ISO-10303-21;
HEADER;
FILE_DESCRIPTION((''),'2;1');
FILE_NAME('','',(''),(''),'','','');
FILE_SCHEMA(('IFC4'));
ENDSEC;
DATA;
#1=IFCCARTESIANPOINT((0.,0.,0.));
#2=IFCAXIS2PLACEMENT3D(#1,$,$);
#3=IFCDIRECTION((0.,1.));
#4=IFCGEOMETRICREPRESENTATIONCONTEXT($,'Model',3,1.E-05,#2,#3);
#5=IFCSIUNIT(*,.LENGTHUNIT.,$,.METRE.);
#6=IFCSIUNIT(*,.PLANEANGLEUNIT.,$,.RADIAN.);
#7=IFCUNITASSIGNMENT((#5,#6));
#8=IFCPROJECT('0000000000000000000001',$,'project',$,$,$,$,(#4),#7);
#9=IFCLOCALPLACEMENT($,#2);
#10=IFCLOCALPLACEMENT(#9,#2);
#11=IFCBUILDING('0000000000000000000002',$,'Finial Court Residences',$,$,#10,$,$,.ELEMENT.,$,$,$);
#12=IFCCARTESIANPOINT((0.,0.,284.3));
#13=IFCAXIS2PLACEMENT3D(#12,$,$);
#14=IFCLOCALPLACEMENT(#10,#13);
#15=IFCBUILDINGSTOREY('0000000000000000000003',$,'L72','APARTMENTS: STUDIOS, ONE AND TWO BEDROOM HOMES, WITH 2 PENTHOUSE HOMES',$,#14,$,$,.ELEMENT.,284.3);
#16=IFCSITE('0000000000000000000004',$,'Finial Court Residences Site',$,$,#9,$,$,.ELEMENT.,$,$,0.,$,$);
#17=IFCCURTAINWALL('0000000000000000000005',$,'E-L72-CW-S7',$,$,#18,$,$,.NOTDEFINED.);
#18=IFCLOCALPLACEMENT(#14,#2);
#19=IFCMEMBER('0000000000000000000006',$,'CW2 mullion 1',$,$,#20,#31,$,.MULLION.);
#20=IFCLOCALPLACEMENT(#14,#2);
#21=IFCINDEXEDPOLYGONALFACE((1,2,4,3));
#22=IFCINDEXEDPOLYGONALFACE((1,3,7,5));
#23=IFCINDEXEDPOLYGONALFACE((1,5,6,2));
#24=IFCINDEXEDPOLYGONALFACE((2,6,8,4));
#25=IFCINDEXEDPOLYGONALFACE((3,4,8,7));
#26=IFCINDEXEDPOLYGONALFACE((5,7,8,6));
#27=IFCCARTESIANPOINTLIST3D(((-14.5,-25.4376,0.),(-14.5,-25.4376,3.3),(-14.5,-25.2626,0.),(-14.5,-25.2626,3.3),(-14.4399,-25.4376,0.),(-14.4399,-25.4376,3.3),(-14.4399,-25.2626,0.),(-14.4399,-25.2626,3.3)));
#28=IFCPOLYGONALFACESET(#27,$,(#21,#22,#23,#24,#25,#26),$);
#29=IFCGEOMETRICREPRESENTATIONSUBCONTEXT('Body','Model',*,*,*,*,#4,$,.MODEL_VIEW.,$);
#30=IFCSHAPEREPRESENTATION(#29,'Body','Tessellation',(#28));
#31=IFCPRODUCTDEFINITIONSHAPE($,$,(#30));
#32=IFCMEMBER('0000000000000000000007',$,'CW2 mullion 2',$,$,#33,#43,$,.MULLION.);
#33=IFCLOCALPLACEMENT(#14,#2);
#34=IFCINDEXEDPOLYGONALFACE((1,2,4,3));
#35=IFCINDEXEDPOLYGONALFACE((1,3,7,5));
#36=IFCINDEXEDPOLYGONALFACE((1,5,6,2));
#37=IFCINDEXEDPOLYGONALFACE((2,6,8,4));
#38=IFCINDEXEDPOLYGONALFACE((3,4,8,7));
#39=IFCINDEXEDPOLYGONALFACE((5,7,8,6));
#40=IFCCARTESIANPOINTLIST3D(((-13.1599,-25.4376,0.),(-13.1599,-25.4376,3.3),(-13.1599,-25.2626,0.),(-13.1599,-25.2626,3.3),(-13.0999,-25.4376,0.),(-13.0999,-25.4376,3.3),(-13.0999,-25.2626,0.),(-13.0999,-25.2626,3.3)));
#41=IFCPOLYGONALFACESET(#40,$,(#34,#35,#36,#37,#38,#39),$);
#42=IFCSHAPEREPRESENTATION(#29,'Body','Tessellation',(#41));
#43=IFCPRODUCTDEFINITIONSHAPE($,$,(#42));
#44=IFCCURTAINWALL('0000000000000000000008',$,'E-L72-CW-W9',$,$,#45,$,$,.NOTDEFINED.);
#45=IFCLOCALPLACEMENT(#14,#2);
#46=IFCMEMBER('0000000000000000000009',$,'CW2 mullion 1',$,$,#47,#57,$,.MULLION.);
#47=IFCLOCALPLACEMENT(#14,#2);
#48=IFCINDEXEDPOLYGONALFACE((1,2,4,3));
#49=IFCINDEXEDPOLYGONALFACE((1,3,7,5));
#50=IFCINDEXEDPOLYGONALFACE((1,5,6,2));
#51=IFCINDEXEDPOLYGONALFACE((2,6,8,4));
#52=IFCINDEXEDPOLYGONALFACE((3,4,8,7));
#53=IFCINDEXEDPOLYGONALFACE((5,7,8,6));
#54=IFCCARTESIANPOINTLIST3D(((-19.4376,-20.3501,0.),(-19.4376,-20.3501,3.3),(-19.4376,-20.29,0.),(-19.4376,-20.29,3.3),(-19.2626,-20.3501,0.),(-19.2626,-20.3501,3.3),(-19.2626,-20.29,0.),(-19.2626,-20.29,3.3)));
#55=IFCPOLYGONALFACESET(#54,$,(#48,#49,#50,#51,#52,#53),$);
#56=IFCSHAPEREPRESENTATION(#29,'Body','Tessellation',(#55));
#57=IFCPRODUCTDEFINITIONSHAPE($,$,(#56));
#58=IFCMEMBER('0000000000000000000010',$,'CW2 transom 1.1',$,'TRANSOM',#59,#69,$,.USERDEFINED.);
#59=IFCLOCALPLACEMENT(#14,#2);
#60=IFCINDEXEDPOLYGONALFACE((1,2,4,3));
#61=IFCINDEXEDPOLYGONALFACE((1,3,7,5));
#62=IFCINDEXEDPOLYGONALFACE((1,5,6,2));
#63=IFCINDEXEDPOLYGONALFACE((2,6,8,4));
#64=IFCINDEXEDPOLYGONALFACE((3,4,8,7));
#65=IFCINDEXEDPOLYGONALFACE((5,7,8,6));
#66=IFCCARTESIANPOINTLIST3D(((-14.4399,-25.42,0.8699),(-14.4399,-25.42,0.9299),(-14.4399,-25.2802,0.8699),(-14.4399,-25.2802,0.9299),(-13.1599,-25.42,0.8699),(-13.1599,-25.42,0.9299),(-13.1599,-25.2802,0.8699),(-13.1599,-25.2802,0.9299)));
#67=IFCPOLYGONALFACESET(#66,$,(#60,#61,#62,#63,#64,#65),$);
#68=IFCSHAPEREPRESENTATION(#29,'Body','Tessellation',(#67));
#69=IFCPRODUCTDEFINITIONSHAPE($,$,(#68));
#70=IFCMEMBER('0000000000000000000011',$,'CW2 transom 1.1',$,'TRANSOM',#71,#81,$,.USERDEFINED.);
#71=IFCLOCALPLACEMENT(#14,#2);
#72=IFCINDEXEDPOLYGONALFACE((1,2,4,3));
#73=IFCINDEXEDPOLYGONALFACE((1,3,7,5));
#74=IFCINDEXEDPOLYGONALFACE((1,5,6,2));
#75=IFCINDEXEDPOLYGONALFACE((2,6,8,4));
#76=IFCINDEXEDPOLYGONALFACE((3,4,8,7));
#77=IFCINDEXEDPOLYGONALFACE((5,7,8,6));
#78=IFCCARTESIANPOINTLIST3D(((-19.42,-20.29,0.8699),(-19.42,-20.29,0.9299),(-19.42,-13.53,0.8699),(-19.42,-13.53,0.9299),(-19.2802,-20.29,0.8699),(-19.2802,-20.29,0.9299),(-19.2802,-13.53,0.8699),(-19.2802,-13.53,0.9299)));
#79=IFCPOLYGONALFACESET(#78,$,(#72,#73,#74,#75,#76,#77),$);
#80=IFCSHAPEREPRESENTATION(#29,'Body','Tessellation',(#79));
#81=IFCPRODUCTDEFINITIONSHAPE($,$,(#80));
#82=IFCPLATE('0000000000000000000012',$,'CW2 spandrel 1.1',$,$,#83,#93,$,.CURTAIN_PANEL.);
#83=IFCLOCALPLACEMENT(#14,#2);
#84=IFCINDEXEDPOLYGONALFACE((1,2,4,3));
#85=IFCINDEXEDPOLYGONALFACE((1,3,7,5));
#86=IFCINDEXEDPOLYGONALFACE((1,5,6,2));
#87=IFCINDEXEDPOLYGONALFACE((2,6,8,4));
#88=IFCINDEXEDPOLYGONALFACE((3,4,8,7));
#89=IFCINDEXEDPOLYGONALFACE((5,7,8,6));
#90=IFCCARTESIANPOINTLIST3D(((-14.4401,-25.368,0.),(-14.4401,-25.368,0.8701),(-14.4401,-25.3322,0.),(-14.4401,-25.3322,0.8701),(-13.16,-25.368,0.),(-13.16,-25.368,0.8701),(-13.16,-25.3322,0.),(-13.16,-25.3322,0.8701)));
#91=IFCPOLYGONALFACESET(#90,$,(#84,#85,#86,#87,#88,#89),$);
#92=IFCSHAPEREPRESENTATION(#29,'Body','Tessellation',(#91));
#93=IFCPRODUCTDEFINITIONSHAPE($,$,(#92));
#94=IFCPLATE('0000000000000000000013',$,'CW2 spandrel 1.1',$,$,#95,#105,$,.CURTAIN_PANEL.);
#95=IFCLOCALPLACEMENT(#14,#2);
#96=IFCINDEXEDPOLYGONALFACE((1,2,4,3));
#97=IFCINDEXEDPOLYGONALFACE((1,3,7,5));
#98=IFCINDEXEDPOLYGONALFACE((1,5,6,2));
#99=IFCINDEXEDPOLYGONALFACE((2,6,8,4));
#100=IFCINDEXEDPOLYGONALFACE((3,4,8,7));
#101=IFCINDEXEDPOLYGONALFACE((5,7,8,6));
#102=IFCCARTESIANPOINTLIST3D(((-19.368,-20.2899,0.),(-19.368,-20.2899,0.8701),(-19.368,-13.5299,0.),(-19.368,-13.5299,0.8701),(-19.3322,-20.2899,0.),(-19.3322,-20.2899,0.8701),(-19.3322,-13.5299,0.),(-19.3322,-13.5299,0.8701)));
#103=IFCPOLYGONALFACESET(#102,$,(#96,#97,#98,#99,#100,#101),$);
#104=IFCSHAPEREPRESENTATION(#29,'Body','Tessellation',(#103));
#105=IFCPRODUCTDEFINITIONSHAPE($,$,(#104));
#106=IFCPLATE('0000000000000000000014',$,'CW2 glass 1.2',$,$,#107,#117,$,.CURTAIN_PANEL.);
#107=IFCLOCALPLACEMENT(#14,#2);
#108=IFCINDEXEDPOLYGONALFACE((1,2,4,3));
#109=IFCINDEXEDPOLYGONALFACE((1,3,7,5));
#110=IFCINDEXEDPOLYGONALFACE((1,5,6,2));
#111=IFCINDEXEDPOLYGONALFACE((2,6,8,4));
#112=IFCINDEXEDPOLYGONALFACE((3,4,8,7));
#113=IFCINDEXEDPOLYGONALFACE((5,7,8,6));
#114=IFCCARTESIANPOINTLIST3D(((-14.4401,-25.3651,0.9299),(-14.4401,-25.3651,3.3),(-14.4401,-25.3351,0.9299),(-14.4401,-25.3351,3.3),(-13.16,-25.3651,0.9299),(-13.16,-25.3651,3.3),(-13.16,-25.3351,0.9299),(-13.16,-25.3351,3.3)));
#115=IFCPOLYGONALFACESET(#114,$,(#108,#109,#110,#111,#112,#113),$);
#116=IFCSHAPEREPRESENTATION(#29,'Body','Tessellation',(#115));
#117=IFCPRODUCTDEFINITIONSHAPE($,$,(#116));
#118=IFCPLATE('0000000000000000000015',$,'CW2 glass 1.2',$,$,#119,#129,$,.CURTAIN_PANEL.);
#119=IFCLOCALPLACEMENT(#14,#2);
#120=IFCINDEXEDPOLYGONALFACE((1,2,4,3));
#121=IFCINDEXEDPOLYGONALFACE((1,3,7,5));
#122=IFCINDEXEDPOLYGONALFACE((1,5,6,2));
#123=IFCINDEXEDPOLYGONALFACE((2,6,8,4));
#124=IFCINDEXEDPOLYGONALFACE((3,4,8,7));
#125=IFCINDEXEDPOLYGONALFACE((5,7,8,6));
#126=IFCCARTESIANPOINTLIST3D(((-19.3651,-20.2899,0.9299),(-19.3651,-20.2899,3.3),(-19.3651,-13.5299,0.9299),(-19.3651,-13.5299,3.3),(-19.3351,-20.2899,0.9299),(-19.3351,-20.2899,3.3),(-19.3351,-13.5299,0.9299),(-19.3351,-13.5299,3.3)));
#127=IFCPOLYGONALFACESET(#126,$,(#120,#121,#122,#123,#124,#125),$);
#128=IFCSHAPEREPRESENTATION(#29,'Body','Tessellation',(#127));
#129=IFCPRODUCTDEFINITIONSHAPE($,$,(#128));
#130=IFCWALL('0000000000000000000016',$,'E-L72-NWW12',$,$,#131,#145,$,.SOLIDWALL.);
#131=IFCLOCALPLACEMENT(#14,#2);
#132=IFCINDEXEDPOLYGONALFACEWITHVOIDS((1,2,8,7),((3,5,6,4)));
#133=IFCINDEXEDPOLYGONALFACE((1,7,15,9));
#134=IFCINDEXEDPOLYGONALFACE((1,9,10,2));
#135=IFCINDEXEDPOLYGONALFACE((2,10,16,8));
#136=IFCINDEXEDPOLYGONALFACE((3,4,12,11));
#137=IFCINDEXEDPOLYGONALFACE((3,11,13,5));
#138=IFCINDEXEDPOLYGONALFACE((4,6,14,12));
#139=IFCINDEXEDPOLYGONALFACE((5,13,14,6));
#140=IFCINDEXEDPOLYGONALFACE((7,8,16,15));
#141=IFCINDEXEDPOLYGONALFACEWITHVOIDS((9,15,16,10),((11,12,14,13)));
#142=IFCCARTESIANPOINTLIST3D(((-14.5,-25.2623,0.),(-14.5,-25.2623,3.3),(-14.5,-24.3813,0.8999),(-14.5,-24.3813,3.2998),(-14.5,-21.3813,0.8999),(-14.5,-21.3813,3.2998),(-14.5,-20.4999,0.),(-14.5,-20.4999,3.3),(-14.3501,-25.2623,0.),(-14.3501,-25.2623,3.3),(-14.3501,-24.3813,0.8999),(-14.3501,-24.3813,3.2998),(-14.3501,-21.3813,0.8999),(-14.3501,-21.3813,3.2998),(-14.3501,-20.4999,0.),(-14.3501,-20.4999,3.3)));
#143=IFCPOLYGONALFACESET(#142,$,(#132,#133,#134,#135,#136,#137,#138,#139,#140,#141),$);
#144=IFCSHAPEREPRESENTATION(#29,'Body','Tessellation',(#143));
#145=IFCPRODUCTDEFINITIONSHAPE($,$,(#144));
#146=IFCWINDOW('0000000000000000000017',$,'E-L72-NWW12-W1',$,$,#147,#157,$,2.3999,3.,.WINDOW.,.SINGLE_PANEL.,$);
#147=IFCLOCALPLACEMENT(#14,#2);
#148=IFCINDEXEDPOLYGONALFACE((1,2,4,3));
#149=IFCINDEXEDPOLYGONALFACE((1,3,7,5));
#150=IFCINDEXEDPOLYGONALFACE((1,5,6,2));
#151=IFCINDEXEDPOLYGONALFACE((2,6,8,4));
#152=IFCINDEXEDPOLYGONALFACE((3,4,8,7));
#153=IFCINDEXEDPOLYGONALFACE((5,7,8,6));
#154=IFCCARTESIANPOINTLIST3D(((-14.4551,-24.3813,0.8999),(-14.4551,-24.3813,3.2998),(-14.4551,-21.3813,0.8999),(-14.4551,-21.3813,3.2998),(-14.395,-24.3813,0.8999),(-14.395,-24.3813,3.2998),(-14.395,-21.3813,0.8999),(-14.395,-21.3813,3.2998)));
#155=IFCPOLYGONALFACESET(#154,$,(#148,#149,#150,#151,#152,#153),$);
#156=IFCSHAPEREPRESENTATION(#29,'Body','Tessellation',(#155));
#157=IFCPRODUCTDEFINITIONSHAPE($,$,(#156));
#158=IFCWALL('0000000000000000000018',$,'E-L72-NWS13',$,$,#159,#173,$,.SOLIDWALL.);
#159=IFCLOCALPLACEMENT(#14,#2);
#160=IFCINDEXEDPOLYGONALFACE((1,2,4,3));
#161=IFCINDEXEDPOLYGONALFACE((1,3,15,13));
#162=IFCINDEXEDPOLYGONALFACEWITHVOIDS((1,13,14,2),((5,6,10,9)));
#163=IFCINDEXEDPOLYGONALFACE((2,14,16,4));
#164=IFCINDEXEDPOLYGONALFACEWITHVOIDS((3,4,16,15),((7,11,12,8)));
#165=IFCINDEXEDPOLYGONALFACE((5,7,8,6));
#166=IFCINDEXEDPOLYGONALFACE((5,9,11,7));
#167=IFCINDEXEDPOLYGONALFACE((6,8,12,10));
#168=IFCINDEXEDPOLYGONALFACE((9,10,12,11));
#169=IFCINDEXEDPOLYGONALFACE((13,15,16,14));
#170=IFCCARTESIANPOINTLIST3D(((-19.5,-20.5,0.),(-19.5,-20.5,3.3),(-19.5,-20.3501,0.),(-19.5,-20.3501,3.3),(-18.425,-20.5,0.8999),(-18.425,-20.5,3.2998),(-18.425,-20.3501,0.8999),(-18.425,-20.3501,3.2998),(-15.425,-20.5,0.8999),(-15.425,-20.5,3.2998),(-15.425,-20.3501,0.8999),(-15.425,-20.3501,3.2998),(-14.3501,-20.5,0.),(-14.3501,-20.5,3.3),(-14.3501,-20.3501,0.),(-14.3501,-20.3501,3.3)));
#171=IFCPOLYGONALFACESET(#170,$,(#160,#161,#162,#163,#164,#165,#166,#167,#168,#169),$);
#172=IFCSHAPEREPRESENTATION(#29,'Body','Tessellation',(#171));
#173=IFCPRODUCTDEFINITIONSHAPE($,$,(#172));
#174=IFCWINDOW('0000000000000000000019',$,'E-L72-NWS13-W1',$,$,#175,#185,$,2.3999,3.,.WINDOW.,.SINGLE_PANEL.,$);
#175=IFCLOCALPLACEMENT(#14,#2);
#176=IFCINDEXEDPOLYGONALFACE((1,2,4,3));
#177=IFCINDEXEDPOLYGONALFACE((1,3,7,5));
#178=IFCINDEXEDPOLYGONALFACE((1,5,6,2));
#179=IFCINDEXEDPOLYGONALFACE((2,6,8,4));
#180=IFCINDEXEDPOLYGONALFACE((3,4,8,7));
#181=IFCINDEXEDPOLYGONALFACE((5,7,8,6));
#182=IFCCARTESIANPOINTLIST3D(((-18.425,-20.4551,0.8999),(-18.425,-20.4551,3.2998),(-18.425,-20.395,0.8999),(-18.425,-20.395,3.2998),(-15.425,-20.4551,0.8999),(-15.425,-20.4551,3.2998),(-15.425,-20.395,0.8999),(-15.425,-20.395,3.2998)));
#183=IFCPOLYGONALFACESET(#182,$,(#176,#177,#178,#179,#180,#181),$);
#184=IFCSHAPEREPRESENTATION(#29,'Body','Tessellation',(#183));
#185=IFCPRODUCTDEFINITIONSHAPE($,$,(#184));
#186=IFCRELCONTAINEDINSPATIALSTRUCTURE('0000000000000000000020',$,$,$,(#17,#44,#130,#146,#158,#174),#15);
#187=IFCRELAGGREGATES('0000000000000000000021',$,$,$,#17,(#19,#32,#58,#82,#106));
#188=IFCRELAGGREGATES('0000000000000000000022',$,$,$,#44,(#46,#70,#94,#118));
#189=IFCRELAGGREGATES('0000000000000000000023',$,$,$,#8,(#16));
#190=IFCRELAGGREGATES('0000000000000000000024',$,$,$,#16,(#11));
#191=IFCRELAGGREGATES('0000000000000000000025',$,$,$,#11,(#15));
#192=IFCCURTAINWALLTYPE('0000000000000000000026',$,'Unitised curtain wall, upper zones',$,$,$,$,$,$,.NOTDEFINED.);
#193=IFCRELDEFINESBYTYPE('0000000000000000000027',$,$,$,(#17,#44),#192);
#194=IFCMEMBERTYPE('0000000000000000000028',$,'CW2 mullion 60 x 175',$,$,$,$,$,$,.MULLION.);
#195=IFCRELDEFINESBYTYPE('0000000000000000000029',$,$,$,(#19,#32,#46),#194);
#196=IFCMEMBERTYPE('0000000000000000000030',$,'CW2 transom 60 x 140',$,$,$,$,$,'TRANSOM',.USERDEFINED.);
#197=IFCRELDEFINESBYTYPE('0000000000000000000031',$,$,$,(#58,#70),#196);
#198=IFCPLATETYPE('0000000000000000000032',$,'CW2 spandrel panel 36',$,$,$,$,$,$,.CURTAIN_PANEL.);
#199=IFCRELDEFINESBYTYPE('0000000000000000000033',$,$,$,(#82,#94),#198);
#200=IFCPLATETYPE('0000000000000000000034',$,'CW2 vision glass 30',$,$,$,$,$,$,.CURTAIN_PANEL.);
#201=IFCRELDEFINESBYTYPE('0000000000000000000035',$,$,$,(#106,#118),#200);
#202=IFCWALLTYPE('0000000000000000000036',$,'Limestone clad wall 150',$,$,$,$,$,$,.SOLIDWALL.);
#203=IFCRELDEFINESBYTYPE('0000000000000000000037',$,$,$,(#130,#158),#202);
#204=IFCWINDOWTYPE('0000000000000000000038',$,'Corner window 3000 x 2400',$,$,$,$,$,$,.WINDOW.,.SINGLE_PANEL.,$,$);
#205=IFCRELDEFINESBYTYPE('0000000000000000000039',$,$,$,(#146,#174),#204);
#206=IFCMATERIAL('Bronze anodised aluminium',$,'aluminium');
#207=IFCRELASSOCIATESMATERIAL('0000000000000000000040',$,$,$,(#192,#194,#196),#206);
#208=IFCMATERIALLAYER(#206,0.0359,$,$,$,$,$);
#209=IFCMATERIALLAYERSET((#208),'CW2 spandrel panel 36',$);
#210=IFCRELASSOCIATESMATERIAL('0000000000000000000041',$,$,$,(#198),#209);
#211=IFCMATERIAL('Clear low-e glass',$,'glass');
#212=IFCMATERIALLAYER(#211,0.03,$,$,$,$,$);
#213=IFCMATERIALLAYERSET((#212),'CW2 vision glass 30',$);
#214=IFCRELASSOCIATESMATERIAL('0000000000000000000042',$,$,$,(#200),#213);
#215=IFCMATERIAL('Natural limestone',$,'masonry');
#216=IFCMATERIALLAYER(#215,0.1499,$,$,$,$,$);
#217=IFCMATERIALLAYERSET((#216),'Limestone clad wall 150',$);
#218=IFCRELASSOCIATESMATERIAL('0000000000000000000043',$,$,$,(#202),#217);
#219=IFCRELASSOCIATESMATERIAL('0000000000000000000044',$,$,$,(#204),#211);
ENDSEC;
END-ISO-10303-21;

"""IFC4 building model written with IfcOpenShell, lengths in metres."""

from ifc_helpers import new_model, si_unit, direction, frame, frame_2d, origin, origin_2d, place, context, subcontext, project, spatial, rectangle, extrude, material, layer, layer_set, material_profile, profile_set, type_object, element, fill, aggregate, save


model = new_model("IFC4")

# Units and contexts
model_context = context("Model", 3, precision=1e-05, world=origin(), true_north=direction((0.0, 1.0)))
body_context = subcontext(model_context, "Body", "Model", "MODEL_VIEW")
ifc_project = project(units=[si_unit("LENGTHUNIT", "METRE"), si_unit("PLANEANGLEUNIT", "RADIAN")], contexts=[model_context])

# Site, building, storey
site_placement = place(None, origin())
site = spatial("IfcSite", under=ifc_project, at=site_placement, Name="Finial Court Residences Site", CompositionType="ELEMENT", RefElevation=0.0)
building_placement = place(site_placement, origin())
building = spatial("IfcBuilding", under=site, at=building_placement, Name="Finial Court Residences", CompositionType="ELEMENT")
storey_placement = place(building_placement, frame((0.0, 0.0, 284.3)))
storey = spatial("IfcBuildingStorey", under=building, at=storey_placement, Name="L72", Description="APARTMENTS: STUDIOS, ONE AND TWO BEDROOM HOMES, WITH 2 PENTHOUSE HOMES", CompositionType="ELEMENT", Elevation=284.3)

# Curtain wall, members
ifc_material_1 = material(Name="Bronze anodised aluminium", Category="aluminium")
curtain_wall_type = type_object("IfcCurtainWallType", Name="Unitised curtain wall, upper zones", PredefinedType="NOTDEFINED", material=ifc_material_1)
curtain_wall_1_placement = place(storey_placement, origin())
curtain_wall_1 = element("IfcCurtainWall", 1, at=curtain_wall_1_placement, inside=storey, type_object=curtain_wall_type, Name="E-L72-CW-S7", PredefinedType="NOTDEFINED")
ifc_material_profile_1 = material_profile(ifc_material_1, rectangle(XDim=0.175, YDim=0.0601, at=origin_2d()), Name="CW2 mullion 60 x 175")
ifc_profile_set_1 = profile_set([ifc_material_profile_1], Name="Bronze anodised aluminium")
member_type_1 = type_object("IfcMemberType", Name="CW2 mullion 60 x 175", PredefinedType="MULLION", material=ifc_profile_set_1)
member_1_placement = place(storey_placement, frame((-14.47, -25.3501, 0.0), z_axis=(0.0, 0.0, 1.0), x_axis=(0.0, 1.0, 0.0)))
member_1 = element("IfcMember", 2, at=member_1_placement, type_object=member_type_1, Name="CW2 mullion 1", PredefinedType="MULLION", context=body_context, shape_type="SweptSolid", body=[
    extrude(rectangle(XDim=0.175, YDim=0.0601, at=origin_2d()), origin(), (0.0, 0.0, 1.0), 3.3),
])
member_2_placement = place(storey_placement, frame((-13.1299, -25.3501, 0.0), z_axis=(0.0, 0.0, 1.0), x_axis=(0.0, 1.0, 0.0)))
member_2 = element("IfcMember", 3, at=member_2_placement, type_object=member_type_1, Name="CW2 mullion 2", PredefinedType="MULLION", context=body_context, shape_type="SweptSolid", body=[
    extrude(rectangle(XDim=0.175, YDim=0.0601, at=origin_2d()), origin(), (0.0, 0.0, 1.0), 3.3),
])

# Curtain wall, member
curtain_wall_2_placement = place(storey_placement, origin())
curtain_wall_2 = element("IfcCurtainWall", 4, at=curtain_wall_2_placement, inside=storey, type_object=curtain_wall_type, Name="E-L72-CW-W9", PredefinedType="NOTDEFINED")
member_3_placement = place(storey_placement, frame((-19.3501, -20.3201, 0.0), z_axis=(0.0, 0.0, 1.0), x_axis=(-1.0, 0.0, 0.0)))
member_3 = element("IfcMember", 5, at=member_3_placement, type_object=member_type_1, Name="CW2 mullion 1", PredefinedType="MULLION", context=body_context, shape_type="SweptSolid", body=[
    extrude(rectangle(XDim=0.175, YDim=0.0601, at=origin_2d()), origin(), (0.0, 0.0, 1.0), 3.3),
])

# Members
ifc_material_profile_2 = material_profile(ifc_material_1, rectangle(XDim=0.1399, YDim=0.0601, at=origin_2d()), Name="CW2 transom 60 x 140")
ifc_profile_set_2 = profile_set([ifc_material_profile_2], Name="Bronze anodised aluminium")
member_type_2 = type_object("IfcMemberType", Name="CW2 transom 60 x 140", ElementType="TRANSOM", PredefinedType="USERDEFINED", material=ifc_profile_set_2)
member_4_placement = place(storey_placement, frame((-14.4399, -25.3501, 0.8999), z_axis=(1.0, 0.0, 0.0), x_axis=(0.0, 1.0, 0.0)))
member_4 = element("IfcMember", 6, at=member_4_placement, type_object=member_type_2, Name="CW2 transom 1.1", ObjectType="TRANSOM", PredefinedType="USERDEFINED", context=body_context, shape_type="SweptSolid", body=[
    extrude(rectangle(XDim=0.1399, YDim=0.0601, at=origin_2d()), origin(), (0.0, 0.0, 1.0), 1.28),
])
member_5_placement = place(storey_placement, frame((-19.3501, -20.29, 0.8999), z_axis=(0.0, 1.0, 0.0), x_axis=(-1.0, 0.0, 0.0)))
member_5 = element("IfcMember", 7, at=member_5_placement, type_object=member_type_2, Name="CW2 transom 1.1", ObjectType="TRANSOM", PredefinedType="USERDEFINED", context=body_context, shape_type="SweptSolid", body=[
    extrude(rectangle(XDim=0.1399, YDim=0.0601, at=origin_2d()), origin(), (0.0, 0.0, 1.0), 6.76),
])

# Plates
ifc_layer_1 = layer(ifc_material_1, 0.0359)
ifc_layer_set_1 = layer_set([ifc_layer_1], Name="CW2 spandrel panel 36")
plate_type_1 = type_object("IfcPlateType", Name="CW2 spandrel panel 36", PredefinedType="CURTAIN_PANEL", material=ifc_layer_set_1)
plate_1_placement = place(storey_placement, frame((-13.8, -25.3501, 0.0), z_axis=(0.0, 0.0, 1.0), x_axis=(1.0, 0.0, 0.0)))
plate_1 = element("IfcPlate", 8, at=plate_1_placement, type_object=plate_type_1, Name="CW2 spandrel 1.1", PredefinedType="CURTAIN_PANEL", context=body_context, shape_type="SweptSolid", body=[
    extrude(rectangle(XDim=1.28, YDim=0.0359, at=origin_2d()), origin(), (0.0, 0.0, 1.0), 0.8701),
])
plate_2_placement = place(storey_placement, frame((-19.3501, -16.9099, 0.0), z_axis=(0.0, 0.0, 1.0), x_axis=(0.0, 1.0, 0.0)))
plate_2 = element("IfcPlate", 9, at=plate_2_placement, type_object=plate_type_1, Name="CW2 spandrel 1.1", PredefinedType="CURTAIN_PANEL", context=body_context, shape_type="SweptSolid", body=[
    extrude(rectangle(XDim=6.76, YDim=0.0359, at=origin_2d()), origin(), (0.0, 0.0, 1.0), 0.8701),
])
ifc_material_2 = material(Name="Clear low-e glass", Category="glass")
ifc_layer_2 = layer(ifc_material_2, 0.03)
ifc_layer_set_2 = layer_set([ifc_layer_2], Name="CW2 vision glass 30")
plate_type_2 = type_object("IfcPlateType", Name="CW2 vision glass 30", PredefinedType="CURTAIN_PANEL", material=ifc_layer_set_2)
plate_3_placement = place(storey_placement, frame((-13.8, -25.3501, 0.9299), z_axis=(0.0, 0.0, 1.0), x_axis=(1.0, 0.0, 0.0)))
plate_3 = element("IfcPlate", 10, at=plate_3_placement, type_object=plate_type_2, Name="CW2 glass 1.2", PredefinedType="CURTAIN_PANEL", context=body_context, shape_type="SweptSolid", body=[
    extrude(rectangle(XDim=1.28, YDim=0.03, at=origin_2d()), origin(), (0.0, 0.0, 1.0), 2.3701),
])
aggregate(curtain_wall_1, [member_1, member_2, member_4, plate_1, plate_3])
plate_4_placement = place(storey_placement, frame((-19.3501, -16.9099, 0.9299), z_axis=(0.0, 0.0, 1.0), x_axis=(0.0, 1.0, 0.0)))
plate_4 = element("IfcPlate", 11, at=plate_4_placement, type_object=plate_type_2, Name="CW2 glass 1.2", PredefinedType="CURTAIN_PANEL", context=body_context, shape_type="SweptSolid", body=[
    extrude(rectangle(XDim=6.76, YDim=0.03, at=origin_2d()), origin(), (0.0, 0.0, 1.0), 2.3701),
])
aggregate(curtain_wall_2, [member_3, member_5, plate_2, plate_4])

# Walls, openings, windows
ifc_material_3 = material(Name="Natural limestone", Category="masonry")
ifc_layer_3 = layer(ifc_material_3, 0.1499)
ifc_layer_set_3 = layer_set([ifc_layer_3], Name="Limestone clad wall 150")
wall_type = type_object("IfcWallType", Name="Limestone clad wall 150", PredefinedType="SOLIDWALL", material=ifc_layer_set_3)
wall_1_placement = place(storey_placement, frame((-14.425, -25.2625, 0.0), z_axis=(0.0, 0.0, 1.0), x_axis=(0.0, 1.0, 0.0)))
wall_1 = element("IfcWall", 12, at=wall_1_placement, inside=storey, type_object=wall_type, Name="E-L72-NWW12", PredefinedType="SOLIDWALL", context=body_context, shape_type="SweptSolid", body=[
    extrude(rectangle(XDim=4.7625, YDim=0.1499, at=frame_2d((2.3813, 0.0))), origin(), (0.0, 0.0, 1.0), 3.3),
])
opening_1_placement = place(wall_1_placement, frame((0.8811, 0.0, 0.8999)))
opening_1 = element("IfcOpeningElement", 13, at=opening_1_placement, cuts=wall_1, PredefinedType="OPENING", context=body_context, shape_type="SweptSolid", body=[
    extrude(rectangle(XDim=3.0, YDim=2.3999, at=frame_2d((1.5, 1.2))), frame((0.0, 0.085, 0.0), z_axis=(0.0, -1.0, 0.0), x_axis=(1.0, 0.0, 0.0)), (0.0, 0.0, 1.0), 0.1699),
])
window_type = type_object("IfcWindowType", Name="Corner window 3000 x 2400", PartitioningType="SINGLE_PANEL", PredefinedType="WINDOW", material=ifc_material_2)
window_1_placement = place(opening_1_placement, origin())
window_1 = element("IfcWindow", 14, at=window_1_placement, inside=storey, type_object=window_type, Name="E-L72-NWW12-W1", OverallHeight=2.3999, OverallWidth=3.0, PartitioningType="SINGLE_PANEL", PredefinedType="WINDOW", context=body_context, shape_type="SweptSolid", body=[
    extrude(rectangle(XDim=3.0, YDim=2.3999, at=frame_2d((1.5, 1.2))), frame((0.0, 0.03, 0.0), z_axis=(0.0, -1.0, 0.0), x_axis=(1.0, 0.0, 0.0)), (0.0, 0.0, 1.0), 0.0601),
])
fill(opening_1, window_1)
wall_2_placement = place(storey_placement, frame((-14.3501, -20.425, 0.0), z_axis=(0.0, 0.0, 1.0), x_axis=(-1.0, 0.0, 0.0)))
wall_2 = element("IfcWall", 15, at=wall_2_placement, inside=storey, type_object=wall_type, Name="E-L72-NWS13", PredefinedType="SOLIDWALL", context=body_context, shape_type="SweptSolid", body=[
    extrude(rectangle(XDim=5.1499, YDim=0.1499, at=frame_2d((2.575, 0.0))), origin(), (0.0, 0.0, 1.0), 3.3),
])
opening_2_placement = place(wall_2_placement, frame((1.075, 0.0, 0.8999)))
opening_2 = element("IfcOpeningElement", 16, at=opening_2_placement, cuts=wall_2, PredefinedType="OPENING", context=body_context, shape_type="SweptSolid", body=[
    extrude(rectangle(XDim=3.0, YDim=2.3999, at=frame_2d((1.5, 1.2))), frame((0.0, 0.085, 0.0), z_axis=(0.0, -1.0, 0.0), x_axis=(1.0, 0.0, 0.0)), (0.0, 0.0, 1.0), 0.1699),
])
window_2_placement = place(opening_2_placement, origin())
window_2 = element("IfcWindow", 17, at=window_2_placement, inside=storey, type_object=window_type, Name="E-L72-NWS13-W1", OverallHeight=2.3999, OverallWidth=3.0, PartitioningType="SINGLE_PANEL", PredefinedType="WINDOW", context=body_context, shape_type="SweptSolid", body=[
    extrude(rectangle(XDim=3.0, YDim=2.3999, at=frame_2d((1.5, 1.2))), frame((0.0, 0.03, 0.0), z_axis=(0.0, -1.0, 0.0), x_axis=(1.0, 0.0, 0.0)), (0.0, 0.0, 1.0), 0.0601),
])
fill(opening_2, window_2)

save(model, "model.ifc")
